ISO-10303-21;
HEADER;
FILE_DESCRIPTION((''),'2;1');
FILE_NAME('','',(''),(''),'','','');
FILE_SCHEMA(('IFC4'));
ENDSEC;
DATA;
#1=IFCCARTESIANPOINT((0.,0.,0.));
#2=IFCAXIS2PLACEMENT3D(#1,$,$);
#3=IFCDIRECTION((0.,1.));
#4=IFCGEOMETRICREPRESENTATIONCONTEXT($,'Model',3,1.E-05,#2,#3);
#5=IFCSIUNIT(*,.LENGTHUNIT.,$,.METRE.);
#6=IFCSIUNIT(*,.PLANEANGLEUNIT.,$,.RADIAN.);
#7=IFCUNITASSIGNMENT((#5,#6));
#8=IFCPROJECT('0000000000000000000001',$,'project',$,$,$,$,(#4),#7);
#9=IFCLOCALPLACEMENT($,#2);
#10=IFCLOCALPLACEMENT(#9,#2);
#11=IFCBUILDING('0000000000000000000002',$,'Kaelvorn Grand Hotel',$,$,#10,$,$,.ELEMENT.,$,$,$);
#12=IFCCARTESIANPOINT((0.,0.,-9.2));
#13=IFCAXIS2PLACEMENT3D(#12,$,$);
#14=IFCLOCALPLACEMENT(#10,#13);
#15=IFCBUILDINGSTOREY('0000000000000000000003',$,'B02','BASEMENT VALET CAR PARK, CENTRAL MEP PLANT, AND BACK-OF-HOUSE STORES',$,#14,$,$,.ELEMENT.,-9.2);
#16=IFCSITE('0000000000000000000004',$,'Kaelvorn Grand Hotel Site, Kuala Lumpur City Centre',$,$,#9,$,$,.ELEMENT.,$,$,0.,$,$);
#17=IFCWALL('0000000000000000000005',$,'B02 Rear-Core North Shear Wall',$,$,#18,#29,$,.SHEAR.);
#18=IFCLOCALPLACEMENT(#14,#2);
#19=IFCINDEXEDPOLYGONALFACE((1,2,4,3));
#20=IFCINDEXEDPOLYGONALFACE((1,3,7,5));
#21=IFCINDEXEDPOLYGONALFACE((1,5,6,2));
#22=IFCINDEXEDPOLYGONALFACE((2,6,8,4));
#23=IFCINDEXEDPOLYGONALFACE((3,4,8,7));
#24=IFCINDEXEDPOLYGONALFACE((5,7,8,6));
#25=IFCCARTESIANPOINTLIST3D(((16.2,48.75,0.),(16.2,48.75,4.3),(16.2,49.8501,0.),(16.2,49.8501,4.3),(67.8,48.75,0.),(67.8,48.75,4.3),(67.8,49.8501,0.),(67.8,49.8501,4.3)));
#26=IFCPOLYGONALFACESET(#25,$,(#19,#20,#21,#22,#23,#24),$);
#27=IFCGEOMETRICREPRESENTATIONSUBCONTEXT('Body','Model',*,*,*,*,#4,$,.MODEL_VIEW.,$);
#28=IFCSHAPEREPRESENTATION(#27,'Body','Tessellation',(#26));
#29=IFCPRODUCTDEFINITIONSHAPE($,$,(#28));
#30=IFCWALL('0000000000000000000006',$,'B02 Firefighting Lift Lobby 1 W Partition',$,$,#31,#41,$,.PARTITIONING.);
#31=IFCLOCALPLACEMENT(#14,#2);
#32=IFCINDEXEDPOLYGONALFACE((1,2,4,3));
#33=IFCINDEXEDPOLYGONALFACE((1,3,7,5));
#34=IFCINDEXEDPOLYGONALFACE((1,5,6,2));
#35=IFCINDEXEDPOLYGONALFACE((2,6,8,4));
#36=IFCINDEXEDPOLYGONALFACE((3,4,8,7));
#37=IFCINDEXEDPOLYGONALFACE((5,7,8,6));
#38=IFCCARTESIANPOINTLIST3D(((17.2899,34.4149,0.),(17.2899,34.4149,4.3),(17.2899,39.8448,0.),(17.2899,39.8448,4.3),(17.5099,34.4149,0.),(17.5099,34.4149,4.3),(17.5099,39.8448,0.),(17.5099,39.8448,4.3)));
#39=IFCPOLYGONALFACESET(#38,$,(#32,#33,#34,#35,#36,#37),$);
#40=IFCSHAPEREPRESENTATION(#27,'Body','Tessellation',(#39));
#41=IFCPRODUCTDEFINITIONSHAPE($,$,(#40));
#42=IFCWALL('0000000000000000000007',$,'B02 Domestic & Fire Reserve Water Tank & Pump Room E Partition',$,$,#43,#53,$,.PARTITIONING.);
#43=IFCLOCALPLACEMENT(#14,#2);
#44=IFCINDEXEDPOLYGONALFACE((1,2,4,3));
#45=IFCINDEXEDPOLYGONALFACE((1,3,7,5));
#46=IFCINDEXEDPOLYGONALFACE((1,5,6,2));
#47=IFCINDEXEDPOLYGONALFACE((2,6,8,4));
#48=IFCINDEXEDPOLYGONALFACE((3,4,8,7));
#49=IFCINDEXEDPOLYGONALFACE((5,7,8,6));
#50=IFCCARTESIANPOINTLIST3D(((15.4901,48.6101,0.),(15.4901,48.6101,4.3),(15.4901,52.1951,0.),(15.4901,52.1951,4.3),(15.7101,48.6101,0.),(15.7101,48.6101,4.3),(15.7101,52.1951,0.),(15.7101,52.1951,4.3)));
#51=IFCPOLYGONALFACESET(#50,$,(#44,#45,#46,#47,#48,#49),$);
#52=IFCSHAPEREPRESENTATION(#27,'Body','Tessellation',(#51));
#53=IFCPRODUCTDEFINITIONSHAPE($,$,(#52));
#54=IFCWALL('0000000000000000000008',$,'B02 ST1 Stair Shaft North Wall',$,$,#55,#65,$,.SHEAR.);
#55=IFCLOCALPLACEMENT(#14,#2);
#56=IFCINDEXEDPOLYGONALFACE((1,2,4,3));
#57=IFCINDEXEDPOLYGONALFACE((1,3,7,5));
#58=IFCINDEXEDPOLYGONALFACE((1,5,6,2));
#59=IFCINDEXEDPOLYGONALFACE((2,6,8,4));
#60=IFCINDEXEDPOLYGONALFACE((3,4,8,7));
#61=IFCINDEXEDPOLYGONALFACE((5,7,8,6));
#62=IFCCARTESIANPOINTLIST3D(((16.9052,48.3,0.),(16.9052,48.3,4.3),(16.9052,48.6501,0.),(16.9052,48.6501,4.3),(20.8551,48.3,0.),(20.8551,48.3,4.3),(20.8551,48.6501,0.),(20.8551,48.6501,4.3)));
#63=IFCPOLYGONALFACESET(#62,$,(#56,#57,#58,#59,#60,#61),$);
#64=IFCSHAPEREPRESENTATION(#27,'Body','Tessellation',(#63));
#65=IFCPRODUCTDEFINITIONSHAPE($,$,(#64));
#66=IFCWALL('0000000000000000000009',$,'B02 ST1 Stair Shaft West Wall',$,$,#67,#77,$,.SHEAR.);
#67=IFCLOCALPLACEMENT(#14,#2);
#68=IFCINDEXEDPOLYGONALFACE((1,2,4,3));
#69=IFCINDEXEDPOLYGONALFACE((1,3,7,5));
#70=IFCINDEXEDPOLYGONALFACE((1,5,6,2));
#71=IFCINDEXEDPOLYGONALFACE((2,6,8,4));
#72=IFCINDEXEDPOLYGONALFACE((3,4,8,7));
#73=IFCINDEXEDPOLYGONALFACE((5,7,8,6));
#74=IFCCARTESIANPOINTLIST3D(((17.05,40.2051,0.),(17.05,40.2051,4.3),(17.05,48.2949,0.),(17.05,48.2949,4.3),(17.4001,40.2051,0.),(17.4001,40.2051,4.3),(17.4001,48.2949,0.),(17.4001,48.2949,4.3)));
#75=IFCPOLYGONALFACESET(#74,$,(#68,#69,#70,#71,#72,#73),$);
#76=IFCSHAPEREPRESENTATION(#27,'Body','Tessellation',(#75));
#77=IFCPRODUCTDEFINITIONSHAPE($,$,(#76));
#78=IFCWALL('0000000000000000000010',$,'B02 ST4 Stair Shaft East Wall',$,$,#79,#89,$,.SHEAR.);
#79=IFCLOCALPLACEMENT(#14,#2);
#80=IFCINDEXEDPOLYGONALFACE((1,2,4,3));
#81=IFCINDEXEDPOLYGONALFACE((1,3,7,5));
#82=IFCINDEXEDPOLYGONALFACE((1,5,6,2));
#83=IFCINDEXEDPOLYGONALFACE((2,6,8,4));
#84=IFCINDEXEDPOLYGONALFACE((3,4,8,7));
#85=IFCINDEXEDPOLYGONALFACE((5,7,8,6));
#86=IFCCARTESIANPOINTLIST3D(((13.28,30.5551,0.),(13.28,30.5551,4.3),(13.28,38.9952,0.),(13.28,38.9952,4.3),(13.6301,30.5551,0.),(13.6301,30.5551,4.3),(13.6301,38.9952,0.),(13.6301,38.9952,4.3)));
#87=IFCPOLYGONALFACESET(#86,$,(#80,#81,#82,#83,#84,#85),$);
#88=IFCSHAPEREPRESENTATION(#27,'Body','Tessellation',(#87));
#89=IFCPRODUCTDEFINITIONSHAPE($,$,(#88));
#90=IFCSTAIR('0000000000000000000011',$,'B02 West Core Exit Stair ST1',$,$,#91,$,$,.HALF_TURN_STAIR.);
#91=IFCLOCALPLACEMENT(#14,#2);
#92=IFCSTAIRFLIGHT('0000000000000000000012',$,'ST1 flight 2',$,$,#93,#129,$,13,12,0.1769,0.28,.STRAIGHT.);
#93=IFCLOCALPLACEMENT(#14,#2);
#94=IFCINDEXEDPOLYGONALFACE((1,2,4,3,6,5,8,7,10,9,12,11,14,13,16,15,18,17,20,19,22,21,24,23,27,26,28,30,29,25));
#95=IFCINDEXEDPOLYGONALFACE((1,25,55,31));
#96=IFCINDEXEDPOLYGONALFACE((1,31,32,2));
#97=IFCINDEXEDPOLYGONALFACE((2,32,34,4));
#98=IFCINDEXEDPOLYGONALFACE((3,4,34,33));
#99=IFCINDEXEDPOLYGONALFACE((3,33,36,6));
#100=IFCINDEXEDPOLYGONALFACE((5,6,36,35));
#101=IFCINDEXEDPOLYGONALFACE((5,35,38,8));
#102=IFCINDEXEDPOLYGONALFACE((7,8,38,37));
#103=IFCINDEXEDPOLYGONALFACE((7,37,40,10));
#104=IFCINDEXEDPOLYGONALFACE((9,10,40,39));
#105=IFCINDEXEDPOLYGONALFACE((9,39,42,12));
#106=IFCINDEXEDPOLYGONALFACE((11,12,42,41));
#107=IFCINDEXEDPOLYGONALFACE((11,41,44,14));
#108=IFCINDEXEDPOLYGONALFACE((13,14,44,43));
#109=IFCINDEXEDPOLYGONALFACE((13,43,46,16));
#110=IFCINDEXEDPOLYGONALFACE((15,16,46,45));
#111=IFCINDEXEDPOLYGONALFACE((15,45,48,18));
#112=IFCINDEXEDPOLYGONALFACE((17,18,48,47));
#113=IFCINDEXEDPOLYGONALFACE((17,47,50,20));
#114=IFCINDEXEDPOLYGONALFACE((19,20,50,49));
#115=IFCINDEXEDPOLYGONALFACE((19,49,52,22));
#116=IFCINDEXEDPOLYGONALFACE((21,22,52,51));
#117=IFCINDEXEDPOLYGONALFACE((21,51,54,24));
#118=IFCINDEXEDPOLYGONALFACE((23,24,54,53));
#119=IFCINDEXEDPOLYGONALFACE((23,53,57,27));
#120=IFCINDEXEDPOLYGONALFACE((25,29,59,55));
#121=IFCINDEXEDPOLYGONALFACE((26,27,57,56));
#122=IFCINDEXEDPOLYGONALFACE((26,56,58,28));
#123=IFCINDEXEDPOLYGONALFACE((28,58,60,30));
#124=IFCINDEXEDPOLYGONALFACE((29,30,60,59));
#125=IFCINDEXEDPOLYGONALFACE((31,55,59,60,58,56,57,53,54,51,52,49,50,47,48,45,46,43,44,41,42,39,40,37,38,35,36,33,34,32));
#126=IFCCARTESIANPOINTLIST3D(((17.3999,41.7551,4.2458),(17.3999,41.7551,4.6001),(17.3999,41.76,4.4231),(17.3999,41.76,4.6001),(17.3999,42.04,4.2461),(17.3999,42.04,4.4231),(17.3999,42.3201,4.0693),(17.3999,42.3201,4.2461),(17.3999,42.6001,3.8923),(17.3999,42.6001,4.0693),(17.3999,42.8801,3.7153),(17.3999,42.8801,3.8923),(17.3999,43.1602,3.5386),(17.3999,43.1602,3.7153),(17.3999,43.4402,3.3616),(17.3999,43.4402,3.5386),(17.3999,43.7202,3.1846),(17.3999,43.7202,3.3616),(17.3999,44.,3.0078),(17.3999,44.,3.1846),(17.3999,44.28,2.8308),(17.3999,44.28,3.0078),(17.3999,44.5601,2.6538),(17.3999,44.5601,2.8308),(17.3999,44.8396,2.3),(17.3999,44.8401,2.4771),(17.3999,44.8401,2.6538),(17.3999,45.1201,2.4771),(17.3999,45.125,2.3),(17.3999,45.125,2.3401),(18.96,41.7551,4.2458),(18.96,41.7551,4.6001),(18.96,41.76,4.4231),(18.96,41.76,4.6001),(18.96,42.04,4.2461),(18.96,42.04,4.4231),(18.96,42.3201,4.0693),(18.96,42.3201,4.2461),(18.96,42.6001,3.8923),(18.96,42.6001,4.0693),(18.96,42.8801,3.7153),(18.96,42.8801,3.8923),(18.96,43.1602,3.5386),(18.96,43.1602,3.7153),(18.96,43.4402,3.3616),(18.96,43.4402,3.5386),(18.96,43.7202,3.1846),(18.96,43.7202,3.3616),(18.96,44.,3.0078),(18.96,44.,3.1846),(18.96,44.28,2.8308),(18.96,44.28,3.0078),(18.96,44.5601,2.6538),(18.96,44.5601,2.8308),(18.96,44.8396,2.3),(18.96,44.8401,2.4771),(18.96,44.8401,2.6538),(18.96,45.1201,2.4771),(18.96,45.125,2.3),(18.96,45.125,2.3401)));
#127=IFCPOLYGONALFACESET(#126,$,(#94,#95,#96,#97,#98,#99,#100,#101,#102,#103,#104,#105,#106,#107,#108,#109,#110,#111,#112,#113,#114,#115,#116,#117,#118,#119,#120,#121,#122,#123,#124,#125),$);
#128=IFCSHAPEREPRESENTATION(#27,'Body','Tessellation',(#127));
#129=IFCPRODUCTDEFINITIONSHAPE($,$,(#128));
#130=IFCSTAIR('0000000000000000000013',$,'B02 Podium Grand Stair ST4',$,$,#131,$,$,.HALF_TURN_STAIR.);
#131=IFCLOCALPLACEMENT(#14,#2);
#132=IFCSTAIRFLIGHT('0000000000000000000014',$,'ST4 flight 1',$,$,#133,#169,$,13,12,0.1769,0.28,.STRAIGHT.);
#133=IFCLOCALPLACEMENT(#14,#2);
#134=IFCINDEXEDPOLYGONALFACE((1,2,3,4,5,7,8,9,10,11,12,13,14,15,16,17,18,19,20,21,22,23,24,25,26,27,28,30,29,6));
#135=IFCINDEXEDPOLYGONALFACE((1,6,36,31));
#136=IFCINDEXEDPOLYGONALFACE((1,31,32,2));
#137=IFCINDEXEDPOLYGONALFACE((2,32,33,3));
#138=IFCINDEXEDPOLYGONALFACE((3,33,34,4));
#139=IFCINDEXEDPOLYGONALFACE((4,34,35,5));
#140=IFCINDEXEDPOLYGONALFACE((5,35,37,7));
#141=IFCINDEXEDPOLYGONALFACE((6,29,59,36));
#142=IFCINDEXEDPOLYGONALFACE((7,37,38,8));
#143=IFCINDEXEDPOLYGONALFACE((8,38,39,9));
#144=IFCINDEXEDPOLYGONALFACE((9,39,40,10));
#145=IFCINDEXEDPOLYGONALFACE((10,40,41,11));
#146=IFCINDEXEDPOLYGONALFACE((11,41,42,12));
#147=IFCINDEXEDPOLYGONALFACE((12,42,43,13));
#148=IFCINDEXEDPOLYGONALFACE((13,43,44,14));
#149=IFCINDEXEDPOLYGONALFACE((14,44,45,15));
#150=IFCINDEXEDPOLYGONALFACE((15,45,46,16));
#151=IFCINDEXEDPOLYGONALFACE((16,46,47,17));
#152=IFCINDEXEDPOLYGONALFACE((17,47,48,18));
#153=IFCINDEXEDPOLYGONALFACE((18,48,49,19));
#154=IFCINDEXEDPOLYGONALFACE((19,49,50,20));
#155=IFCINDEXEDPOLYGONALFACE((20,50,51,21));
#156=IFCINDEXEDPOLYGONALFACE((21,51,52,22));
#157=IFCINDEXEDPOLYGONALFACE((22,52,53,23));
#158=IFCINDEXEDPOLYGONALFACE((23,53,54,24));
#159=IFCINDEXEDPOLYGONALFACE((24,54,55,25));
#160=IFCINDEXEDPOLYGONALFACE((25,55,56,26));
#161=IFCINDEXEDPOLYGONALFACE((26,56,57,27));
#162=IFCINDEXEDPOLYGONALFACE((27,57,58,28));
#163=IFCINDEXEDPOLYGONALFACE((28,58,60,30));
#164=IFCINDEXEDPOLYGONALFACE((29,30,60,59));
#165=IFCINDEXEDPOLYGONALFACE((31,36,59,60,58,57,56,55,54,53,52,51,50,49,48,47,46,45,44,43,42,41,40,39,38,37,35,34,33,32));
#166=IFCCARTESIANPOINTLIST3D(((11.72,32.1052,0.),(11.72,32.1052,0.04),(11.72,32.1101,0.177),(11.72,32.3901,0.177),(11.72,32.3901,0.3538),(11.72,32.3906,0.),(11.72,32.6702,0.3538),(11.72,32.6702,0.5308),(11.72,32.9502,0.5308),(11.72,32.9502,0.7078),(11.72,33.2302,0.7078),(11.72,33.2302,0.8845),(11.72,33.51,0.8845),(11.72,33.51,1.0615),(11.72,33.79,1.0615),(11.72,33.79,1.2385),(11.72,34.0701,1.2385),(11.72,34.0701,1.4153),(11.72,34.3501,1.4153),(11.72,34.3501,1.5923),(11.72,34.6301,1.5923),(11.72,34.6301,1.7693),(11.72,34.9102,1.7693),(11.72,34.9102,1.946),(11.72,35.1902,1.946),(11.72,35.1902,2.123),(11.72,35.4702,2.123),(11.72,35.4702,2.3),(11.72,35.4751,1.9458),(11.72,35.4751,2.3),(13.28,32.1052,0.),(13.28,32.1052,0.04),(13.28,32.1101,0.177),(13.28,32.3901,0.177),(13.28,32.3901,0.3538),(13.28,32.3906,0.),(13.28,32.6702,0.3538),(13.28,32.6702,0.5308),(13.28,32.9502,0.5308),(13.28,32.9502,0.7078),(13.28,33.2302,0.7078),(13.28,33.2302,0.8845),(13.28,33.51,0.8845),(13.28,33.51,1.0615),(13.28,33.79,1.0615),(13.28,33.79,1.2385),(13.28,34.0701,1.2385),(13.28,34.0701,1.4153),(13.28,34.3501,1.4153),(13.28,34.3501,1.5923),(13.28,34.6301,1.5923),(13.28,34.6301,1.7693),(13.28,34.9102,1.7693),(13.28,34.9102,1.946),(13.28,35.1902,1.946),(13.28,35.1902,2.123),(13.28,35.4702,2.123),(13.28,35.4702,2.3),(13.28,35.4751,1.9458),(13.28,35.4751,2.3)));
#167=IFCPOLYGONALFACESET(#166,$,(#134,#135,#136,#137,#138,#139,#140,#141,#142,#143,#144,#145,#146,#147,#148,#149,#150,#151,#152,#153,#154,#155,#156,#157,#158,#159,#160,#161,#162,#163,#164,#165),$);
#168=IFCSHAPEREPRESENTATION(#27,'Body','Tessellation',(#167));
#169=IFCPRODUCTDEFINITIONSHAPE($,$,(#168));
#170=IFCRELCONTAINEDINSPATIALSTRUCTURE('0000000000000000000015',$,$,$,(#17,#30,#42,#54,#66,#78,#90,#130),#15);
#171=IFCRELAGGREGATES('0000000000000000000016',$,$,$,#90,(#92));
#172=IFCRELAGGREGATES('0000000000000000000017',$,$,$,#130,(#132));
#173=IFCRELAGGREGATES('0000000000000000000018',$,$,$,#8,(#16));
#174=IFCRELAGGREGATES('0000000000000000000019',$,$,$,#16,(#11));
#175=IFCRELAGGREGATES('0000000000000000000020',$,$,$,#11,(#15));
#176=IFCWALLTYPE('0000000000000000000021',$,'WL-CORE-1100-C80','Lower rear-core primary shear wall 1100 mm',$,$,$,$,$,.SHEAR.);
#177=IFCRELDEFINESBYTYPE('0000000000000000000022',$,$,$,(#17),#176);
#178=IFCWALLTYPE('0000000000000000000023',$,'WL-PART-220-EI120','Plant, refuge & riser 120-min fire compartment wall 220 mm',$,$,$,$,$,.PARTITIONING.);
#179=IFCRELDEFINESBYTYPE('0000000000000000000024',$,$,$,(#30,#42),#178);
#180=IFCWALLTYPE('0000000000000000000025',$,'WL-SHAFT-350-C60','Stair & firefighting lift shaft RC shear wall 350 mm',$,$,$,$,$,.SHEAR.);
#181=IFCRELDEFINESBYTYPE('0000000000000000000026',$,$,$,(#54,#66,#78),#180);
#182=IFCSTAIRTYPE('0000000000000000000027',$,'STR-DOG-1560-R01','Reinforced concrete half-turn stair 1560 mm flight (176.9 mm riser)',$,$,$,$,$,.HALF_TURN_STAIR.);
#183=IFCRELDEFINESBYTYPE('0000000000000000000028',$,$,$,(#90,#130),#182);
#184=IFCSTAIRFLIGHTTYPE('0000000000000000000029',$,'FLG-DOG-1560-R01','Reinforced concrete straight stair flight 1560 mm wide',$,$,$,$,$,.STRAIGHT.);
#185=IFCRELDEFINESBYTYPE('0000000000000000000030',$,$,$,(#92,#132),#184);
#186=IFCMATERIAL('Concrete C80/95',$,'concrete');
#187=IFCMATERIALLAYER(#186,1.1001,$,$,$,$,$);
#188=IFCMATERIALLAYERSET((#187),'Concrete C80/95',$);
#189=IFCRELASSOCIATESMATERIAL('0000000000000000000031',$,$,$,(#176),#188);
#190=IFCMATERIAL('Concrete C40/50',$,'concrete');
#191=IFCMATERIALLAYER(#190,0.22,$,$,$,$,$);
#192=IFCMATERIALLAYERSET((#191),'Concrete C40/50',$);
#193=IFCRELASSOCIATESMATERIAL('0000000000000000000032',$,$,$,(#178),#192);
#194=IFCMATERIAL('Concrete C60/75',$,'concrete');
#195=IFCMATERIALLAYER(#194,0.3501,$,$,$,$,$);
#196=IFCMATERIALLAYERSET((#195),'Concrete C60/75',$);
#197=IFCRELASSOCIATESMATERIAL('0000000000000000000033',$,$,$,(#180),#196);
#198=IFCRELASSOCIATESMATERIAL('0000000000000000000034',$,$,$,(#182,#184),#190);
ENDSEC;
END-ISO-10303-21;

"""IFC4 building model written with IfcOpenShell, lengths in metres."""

from ifc_helpers import new_model, si_unit, direction, frame, frame_2d, origin, place, context, subcontext, project, spatial, polyline, rectangle, outline, extrude, material, layer, layer_set, type_object, element, aggregate, save


model = new_model("IFC4")

# Units and contexts
model_context = context("Model", 3, precision=1e-05, world=origin(), true_north=direction((0.0, 1.0)))
body_context = subcontext(model_context, "Body", "Model", "MODEL_VIEW")
ifc_project = project(units=[si_unit("LENGTHUNIT", "METRE"), si_unit("PLANEANGLEUNIT", "RADIAN")], contexts=[model_context])

# Site, building, storey
site_placement = place(None, origin())
site = spatial("IfcSite", under=ifc_project, at=site_placement, Name="Kaelvorn Grand Hotel Site, Kuala Lumpur City Centre", CompositionType="ELEMENT", RefElevation=0.0)
building_placement = place(site_placement, origin())
building = spatial("IfcBuilding", under=site, at=building_placement, Name="Kaelvorn Grand Hotel", CompositionType="ELEMENT")
storey_placement = place(building_placement, frame((0.0, 0.0, -9.2)))
storey = spatial("IfcBuildingStorey", under=building, at=storey_placement, Name="B02", Description="BASEMENT VALET CAR PARK, CENTRAL MEP PLANT, AND BACK-OF-HOUSE STORES", CompositionType="ELEMENT", Elevation=-9.2)

# Shared definitions
ifc_material_1 = material(Name="Concrete C80/95", Category="concrete")

# Wall
ifc_layer_1 = layer(ifc_material_1, 1.1001)
ifc_layer_set_1 = layer_set([ifc_layer_1], Name="Concrete C80/95")
wall_type_1 = type_object("IfcWallType", Name="WL-CORE-1100-C80", Description="Lower rear-core primary shear wall 1100 mm", PredefinedType="SHEAR", material=ifc_layer_set_1)
wall_1_placement = place(storey_placement, frame((16.2, 49.3, 0.0), z_axis=(0.0, 0.0, 1.0), x_axis=(1.0, 0.0, 0.0)))
element("IfcWall", 1, at=wall_1_placement, inside=storey, type_object=wall_type_1, Name="B02 Rear-Core North Shear Wall", PredefinedType="SHEAR", context=body_context, shape_type="SweptSolid", body=[
    extrude(rectangle(XDim=51.6001, YDim=1.1001, at=frame_2d((25.8, 0.0))), origin(), (0.0, 0.0, 1.0), 4.3),
])

# Shared definitions
ifc_material_2 = material(Name="Concrete C40/50", Category="concrete")
ifc_layer_2 = layer(ifc_material_2, 0.22)
ifc_layer_set_2 = layer_set([ifc_layer_2], Name="Concrete C40/50")
wall_type_2 = type_object("IfcWallType", Name="WL-PART-220-EI120", Description="Plant, refuge & riser 120-min fire compartment wall 220 mm", PredefinedType="PARTITIONING", material=ifc_layer_set_2)

# Walls
wall_2_placement = place(storey_placement, frame((17.3999, 34.415, 0.0), z_axis=(0.0, 0.0, 1.0), x_axis=(0.0, 1.0, 0.0)))
element("IfcWall", 2, at=wall_2_placement, inside=storey, type_object=wall_type_2, Name="B02 Firefighting Lift Lobby 1 W Partition", PredefinedType="PARTITIONING", context=body_context, shape_type="SweptSolid", body=[
    extrude(rectangle(XDim=5.4299, YDim=0.22, at=frame_2d((2.7148, 0.0))), origin(), (0.0, 0.0, 1.0), 4.3),
])
wall_3_placement = place(storey_placement, frame((15.6001, 48.6101, 0.0), z_axis=(0.0, 0.0, 1.0), x_axis=(0.0, 1.0, 0.0)))
element("IfcWall", 3, at=wall_3_placement, inside=storey, type_object=wall_type_2, Name="B02 Domestic & Fire Reserve Water Tank & Pump Room E Partition", PredefinedType="PARTITIONING", context=body_context, shape_type="SweptSolid", body=[
    extrude(rectangle(XDim=3.585, YDim=0.22, at=frame_2d((1.7925, 0.0))), origin(), (0.0, 0.0, 1.0), 4.3),
])

# Shared definitions
ifc_material_3 = material(Name="Concrete C60/75", Category="concrete")
ifc_layer_3 = layer(ifc_material_3, 0.3501)
ifc_layer_set_3 = layer_set([ifc_layer_3], Name="Concrete C60/75")
wall_type_3 = type_object("IfcWallType", Name="WL-SHAFT-350-C60", Description="Stair & firefighting lift shaft RC shear wall 350 mm", PredefinedType="SHEAR", material=ifc_layer_set_3)

# Walls
wall_4_placement = place(storey_placement, frame((16.905, 48.4751, 0.0), z_axis=(0.0, 0.0, 1.0), x_axis=(1.0, 0.0, 0.0)))
element("IfcWall", 4, at=wall_4_placement, inside=storey, type_object=wall_type_3, Name="B02 ST1 Stair Shaft North Wall", PredefinedType="SHEAR", context=body_context, shape_type="SweptSolid", body=[
    extrude(rectangle(XDim=3.95, YDim=0.3501, at=frame_2d((1.9751, 0.0))), origin(), (0.0, 0.0, 1.0), 4.3),
])
wall_5_placement = place(storey_placement, frame((17.2251, 40.2051, 0.0), z_axis=(0.0, 0.0, 1.0), x_axis=(0.0, 1.0, 0.0)))
element("IfcWall", 5, at=wall_5_placement, inside=storey, type_object=wall_type_3, Name="B02 ST1 Stair Shaft West Wall", PredefinedType="SHEAR", context=body_context, shape_type="SweptSolid", body=[
    extrude(rectangle(XDim=8.0898, YDim=0.3501, at=frame_2d((4.0449, 0.0))), origin(), (0.0, 0.0, 1.0), 4.3),
])
wall_6_placement = place(storey_placement, frame((13.4551, 30.5549, 0.0), z_axis=(0.0, 0.0, 1.0), x_axis=(0.0, 1.0, 0.0)))
element("IfcWall", 6, at=wall_6_placement, inside=storey, type_object=wall_type_3, Name="B02 ST4 Stair Shaft East Wall", PredefinedType="SHEAR", context=body_context, shape_type="SweptSolid", body=[
    extrude(rectangle(XDim=8.4402, YDim=0.3501, at=frame_2d((4.2202, 0.0))), origin(), (0.0, 0.0, 1.0), 4.3),
])

# Stair, stair flight
stair_type = type_object("IfcStairType", Name="STR-DOG-1560-R01", Description="Reinforced concrete half-turn stair 1560 mm flight (176.9 mm riser)", PredefinedType="HALF_TURN_STAIR", material=ifc_material_2)
stair_1_placement = place(storey_placement, origin())
stair_1 = element("IfcStair", 7, at=stair_1_placement, inside=storey, type_object=stair_type, Name="B02 West Core Exit Stair ST1", PredefinedType="HALF_TURN_STAIR")
stair_flight_type = type_object("IfcStairFlightType", Name="FLG-DOG-1560-R01", Description="Reinforced concrete straight stair flight 1560 mm wide", PredefinedType="STRAIGHT", material=ifc_material_2)
stair_flight_1_placement = place(storey_placement, frame((18.1799, 45.1201, 2.3), z_axis=(0.0, 0.0, 1.0), x_axis=(0.0, -1.0, 0.0)))
stair_flight_1 = element("IfcStairFlight", 8, at=stair_flight_1_placement, type_object=stair_flight_type, Name="ST1 flight 2", NumberOfRisers=13, NumberOfTreads=12, PredefinedType="STRAIGHT", RiserHeight=0.1769, TreadLength=0.28, context=body_context, shape_type="SweptSolid", body=[
    extrude(outline(polyline([(-0.0049, 0.0), (-0.0049, 0.04), (0.0, 0.177), (0.28, 0.177), (0.28, 0.3538), (0.5601, 0.3538), (0.5601, 0.5308), (0.8401, 0.5308), (0.8401, 0.7078), (1.1201, 0.7078), (1.1201, 0.8845), (1.3999, 0.8845), (1.3999, 1.0615), (1.6799, 1.0615), (1.6799, 1.2385), (1.96, 1.2385), (1.96, 1.4153), (2.24, 1.4153), (2.24, 1.5923), (2.52, 1.5923), (2.52, 1.7693), (2.8, 1.7693), (2.8, 1.946), (3.0801, 1.946), (3.0801, 2.123), (3.3601, 2.123), (3.3601, 2.3), (3.365, 2.3), (3.365, 1.9458), (0.2805, 0.0), (-0.0049, 0.0)])), frame((0.0, 0.78, 0.0), z_axis=(0.0, -1.0, 0.0), x_axis=(1.0, 0.0, 0.0)), (0.0, 0.0, 1.0), 1.5601),
])
aggregate(stair_1, [stair_flight_1])

# Stair, stair flight
stair_2_placement = place(storey_placement, origin())
stair_2 = element("IfcStair", 9, at=stair_2_placement, inside=storey, type_object=stair_type, Name="B02 Podium Grand Stair ST4", PredefinedType="HALF_TURN_STAIR")
stair_flight_2_placement = place(storey_placement, frame((12.5, 32.1101, 0.0), z_axis=(0.0, 0.0, 1.0), x_axis=(0.0, 1.0, 0.0)))
stair_flight_2 = element("IfcStairFlight", 10, at=stair_flight_2_placement, type_object=stair_flight_type, Name="ST4 flight 1", NumberOfRisers=13, NumberOfTreads=12, PredefinedType="STRAIGHT", RiserHeight=0.1769, TreadLength=0.28, context=body_context, shape_type="SweptSolid", body=[
    extrude(outline(polyline([(-0.0049, 0.0), (-0.0049, 0.04), (0.0, 0.177), (0.28, 0.177), (0.28, 0.3538), (0.5601, 0.3538), (0.5601, 0.5308), (0.8401, 0.5308), (0.8401, 0.7078), (1.1201, 0.7078), (1.1201, 0.8845), (1.3999, 0.8845), (1.3999, 1.0615), (1.6799, 1.0615), (1.6799, 1.2385), (1.96, 1.2385), (1.96, 1.4153), (2.24, 1.4153), (2.24, 1.5923), (2.52, 1.5923), (2.52, 1.7693), (2.8, 1.7693), (2.8, 1.946), (3.0801, 1.946), (3.0801, 2.123), (3.3601, 2.123), (3.3601, 2.3), (3.365, 2.3), (3.365, 1.9458), (0.2805, 0.0), (-0.0049, 0.0)])), frame((0.0, 0.78, 0.0), z_axis=(0.0, -1.0, 0.0), x_axis=(1.0, 0.0, 0.0)), (0.0, 0.0, 1.0), 1.5601),
])
aggregate(stair_2, [stair_flight_2])

save(model, "model.ifc")
